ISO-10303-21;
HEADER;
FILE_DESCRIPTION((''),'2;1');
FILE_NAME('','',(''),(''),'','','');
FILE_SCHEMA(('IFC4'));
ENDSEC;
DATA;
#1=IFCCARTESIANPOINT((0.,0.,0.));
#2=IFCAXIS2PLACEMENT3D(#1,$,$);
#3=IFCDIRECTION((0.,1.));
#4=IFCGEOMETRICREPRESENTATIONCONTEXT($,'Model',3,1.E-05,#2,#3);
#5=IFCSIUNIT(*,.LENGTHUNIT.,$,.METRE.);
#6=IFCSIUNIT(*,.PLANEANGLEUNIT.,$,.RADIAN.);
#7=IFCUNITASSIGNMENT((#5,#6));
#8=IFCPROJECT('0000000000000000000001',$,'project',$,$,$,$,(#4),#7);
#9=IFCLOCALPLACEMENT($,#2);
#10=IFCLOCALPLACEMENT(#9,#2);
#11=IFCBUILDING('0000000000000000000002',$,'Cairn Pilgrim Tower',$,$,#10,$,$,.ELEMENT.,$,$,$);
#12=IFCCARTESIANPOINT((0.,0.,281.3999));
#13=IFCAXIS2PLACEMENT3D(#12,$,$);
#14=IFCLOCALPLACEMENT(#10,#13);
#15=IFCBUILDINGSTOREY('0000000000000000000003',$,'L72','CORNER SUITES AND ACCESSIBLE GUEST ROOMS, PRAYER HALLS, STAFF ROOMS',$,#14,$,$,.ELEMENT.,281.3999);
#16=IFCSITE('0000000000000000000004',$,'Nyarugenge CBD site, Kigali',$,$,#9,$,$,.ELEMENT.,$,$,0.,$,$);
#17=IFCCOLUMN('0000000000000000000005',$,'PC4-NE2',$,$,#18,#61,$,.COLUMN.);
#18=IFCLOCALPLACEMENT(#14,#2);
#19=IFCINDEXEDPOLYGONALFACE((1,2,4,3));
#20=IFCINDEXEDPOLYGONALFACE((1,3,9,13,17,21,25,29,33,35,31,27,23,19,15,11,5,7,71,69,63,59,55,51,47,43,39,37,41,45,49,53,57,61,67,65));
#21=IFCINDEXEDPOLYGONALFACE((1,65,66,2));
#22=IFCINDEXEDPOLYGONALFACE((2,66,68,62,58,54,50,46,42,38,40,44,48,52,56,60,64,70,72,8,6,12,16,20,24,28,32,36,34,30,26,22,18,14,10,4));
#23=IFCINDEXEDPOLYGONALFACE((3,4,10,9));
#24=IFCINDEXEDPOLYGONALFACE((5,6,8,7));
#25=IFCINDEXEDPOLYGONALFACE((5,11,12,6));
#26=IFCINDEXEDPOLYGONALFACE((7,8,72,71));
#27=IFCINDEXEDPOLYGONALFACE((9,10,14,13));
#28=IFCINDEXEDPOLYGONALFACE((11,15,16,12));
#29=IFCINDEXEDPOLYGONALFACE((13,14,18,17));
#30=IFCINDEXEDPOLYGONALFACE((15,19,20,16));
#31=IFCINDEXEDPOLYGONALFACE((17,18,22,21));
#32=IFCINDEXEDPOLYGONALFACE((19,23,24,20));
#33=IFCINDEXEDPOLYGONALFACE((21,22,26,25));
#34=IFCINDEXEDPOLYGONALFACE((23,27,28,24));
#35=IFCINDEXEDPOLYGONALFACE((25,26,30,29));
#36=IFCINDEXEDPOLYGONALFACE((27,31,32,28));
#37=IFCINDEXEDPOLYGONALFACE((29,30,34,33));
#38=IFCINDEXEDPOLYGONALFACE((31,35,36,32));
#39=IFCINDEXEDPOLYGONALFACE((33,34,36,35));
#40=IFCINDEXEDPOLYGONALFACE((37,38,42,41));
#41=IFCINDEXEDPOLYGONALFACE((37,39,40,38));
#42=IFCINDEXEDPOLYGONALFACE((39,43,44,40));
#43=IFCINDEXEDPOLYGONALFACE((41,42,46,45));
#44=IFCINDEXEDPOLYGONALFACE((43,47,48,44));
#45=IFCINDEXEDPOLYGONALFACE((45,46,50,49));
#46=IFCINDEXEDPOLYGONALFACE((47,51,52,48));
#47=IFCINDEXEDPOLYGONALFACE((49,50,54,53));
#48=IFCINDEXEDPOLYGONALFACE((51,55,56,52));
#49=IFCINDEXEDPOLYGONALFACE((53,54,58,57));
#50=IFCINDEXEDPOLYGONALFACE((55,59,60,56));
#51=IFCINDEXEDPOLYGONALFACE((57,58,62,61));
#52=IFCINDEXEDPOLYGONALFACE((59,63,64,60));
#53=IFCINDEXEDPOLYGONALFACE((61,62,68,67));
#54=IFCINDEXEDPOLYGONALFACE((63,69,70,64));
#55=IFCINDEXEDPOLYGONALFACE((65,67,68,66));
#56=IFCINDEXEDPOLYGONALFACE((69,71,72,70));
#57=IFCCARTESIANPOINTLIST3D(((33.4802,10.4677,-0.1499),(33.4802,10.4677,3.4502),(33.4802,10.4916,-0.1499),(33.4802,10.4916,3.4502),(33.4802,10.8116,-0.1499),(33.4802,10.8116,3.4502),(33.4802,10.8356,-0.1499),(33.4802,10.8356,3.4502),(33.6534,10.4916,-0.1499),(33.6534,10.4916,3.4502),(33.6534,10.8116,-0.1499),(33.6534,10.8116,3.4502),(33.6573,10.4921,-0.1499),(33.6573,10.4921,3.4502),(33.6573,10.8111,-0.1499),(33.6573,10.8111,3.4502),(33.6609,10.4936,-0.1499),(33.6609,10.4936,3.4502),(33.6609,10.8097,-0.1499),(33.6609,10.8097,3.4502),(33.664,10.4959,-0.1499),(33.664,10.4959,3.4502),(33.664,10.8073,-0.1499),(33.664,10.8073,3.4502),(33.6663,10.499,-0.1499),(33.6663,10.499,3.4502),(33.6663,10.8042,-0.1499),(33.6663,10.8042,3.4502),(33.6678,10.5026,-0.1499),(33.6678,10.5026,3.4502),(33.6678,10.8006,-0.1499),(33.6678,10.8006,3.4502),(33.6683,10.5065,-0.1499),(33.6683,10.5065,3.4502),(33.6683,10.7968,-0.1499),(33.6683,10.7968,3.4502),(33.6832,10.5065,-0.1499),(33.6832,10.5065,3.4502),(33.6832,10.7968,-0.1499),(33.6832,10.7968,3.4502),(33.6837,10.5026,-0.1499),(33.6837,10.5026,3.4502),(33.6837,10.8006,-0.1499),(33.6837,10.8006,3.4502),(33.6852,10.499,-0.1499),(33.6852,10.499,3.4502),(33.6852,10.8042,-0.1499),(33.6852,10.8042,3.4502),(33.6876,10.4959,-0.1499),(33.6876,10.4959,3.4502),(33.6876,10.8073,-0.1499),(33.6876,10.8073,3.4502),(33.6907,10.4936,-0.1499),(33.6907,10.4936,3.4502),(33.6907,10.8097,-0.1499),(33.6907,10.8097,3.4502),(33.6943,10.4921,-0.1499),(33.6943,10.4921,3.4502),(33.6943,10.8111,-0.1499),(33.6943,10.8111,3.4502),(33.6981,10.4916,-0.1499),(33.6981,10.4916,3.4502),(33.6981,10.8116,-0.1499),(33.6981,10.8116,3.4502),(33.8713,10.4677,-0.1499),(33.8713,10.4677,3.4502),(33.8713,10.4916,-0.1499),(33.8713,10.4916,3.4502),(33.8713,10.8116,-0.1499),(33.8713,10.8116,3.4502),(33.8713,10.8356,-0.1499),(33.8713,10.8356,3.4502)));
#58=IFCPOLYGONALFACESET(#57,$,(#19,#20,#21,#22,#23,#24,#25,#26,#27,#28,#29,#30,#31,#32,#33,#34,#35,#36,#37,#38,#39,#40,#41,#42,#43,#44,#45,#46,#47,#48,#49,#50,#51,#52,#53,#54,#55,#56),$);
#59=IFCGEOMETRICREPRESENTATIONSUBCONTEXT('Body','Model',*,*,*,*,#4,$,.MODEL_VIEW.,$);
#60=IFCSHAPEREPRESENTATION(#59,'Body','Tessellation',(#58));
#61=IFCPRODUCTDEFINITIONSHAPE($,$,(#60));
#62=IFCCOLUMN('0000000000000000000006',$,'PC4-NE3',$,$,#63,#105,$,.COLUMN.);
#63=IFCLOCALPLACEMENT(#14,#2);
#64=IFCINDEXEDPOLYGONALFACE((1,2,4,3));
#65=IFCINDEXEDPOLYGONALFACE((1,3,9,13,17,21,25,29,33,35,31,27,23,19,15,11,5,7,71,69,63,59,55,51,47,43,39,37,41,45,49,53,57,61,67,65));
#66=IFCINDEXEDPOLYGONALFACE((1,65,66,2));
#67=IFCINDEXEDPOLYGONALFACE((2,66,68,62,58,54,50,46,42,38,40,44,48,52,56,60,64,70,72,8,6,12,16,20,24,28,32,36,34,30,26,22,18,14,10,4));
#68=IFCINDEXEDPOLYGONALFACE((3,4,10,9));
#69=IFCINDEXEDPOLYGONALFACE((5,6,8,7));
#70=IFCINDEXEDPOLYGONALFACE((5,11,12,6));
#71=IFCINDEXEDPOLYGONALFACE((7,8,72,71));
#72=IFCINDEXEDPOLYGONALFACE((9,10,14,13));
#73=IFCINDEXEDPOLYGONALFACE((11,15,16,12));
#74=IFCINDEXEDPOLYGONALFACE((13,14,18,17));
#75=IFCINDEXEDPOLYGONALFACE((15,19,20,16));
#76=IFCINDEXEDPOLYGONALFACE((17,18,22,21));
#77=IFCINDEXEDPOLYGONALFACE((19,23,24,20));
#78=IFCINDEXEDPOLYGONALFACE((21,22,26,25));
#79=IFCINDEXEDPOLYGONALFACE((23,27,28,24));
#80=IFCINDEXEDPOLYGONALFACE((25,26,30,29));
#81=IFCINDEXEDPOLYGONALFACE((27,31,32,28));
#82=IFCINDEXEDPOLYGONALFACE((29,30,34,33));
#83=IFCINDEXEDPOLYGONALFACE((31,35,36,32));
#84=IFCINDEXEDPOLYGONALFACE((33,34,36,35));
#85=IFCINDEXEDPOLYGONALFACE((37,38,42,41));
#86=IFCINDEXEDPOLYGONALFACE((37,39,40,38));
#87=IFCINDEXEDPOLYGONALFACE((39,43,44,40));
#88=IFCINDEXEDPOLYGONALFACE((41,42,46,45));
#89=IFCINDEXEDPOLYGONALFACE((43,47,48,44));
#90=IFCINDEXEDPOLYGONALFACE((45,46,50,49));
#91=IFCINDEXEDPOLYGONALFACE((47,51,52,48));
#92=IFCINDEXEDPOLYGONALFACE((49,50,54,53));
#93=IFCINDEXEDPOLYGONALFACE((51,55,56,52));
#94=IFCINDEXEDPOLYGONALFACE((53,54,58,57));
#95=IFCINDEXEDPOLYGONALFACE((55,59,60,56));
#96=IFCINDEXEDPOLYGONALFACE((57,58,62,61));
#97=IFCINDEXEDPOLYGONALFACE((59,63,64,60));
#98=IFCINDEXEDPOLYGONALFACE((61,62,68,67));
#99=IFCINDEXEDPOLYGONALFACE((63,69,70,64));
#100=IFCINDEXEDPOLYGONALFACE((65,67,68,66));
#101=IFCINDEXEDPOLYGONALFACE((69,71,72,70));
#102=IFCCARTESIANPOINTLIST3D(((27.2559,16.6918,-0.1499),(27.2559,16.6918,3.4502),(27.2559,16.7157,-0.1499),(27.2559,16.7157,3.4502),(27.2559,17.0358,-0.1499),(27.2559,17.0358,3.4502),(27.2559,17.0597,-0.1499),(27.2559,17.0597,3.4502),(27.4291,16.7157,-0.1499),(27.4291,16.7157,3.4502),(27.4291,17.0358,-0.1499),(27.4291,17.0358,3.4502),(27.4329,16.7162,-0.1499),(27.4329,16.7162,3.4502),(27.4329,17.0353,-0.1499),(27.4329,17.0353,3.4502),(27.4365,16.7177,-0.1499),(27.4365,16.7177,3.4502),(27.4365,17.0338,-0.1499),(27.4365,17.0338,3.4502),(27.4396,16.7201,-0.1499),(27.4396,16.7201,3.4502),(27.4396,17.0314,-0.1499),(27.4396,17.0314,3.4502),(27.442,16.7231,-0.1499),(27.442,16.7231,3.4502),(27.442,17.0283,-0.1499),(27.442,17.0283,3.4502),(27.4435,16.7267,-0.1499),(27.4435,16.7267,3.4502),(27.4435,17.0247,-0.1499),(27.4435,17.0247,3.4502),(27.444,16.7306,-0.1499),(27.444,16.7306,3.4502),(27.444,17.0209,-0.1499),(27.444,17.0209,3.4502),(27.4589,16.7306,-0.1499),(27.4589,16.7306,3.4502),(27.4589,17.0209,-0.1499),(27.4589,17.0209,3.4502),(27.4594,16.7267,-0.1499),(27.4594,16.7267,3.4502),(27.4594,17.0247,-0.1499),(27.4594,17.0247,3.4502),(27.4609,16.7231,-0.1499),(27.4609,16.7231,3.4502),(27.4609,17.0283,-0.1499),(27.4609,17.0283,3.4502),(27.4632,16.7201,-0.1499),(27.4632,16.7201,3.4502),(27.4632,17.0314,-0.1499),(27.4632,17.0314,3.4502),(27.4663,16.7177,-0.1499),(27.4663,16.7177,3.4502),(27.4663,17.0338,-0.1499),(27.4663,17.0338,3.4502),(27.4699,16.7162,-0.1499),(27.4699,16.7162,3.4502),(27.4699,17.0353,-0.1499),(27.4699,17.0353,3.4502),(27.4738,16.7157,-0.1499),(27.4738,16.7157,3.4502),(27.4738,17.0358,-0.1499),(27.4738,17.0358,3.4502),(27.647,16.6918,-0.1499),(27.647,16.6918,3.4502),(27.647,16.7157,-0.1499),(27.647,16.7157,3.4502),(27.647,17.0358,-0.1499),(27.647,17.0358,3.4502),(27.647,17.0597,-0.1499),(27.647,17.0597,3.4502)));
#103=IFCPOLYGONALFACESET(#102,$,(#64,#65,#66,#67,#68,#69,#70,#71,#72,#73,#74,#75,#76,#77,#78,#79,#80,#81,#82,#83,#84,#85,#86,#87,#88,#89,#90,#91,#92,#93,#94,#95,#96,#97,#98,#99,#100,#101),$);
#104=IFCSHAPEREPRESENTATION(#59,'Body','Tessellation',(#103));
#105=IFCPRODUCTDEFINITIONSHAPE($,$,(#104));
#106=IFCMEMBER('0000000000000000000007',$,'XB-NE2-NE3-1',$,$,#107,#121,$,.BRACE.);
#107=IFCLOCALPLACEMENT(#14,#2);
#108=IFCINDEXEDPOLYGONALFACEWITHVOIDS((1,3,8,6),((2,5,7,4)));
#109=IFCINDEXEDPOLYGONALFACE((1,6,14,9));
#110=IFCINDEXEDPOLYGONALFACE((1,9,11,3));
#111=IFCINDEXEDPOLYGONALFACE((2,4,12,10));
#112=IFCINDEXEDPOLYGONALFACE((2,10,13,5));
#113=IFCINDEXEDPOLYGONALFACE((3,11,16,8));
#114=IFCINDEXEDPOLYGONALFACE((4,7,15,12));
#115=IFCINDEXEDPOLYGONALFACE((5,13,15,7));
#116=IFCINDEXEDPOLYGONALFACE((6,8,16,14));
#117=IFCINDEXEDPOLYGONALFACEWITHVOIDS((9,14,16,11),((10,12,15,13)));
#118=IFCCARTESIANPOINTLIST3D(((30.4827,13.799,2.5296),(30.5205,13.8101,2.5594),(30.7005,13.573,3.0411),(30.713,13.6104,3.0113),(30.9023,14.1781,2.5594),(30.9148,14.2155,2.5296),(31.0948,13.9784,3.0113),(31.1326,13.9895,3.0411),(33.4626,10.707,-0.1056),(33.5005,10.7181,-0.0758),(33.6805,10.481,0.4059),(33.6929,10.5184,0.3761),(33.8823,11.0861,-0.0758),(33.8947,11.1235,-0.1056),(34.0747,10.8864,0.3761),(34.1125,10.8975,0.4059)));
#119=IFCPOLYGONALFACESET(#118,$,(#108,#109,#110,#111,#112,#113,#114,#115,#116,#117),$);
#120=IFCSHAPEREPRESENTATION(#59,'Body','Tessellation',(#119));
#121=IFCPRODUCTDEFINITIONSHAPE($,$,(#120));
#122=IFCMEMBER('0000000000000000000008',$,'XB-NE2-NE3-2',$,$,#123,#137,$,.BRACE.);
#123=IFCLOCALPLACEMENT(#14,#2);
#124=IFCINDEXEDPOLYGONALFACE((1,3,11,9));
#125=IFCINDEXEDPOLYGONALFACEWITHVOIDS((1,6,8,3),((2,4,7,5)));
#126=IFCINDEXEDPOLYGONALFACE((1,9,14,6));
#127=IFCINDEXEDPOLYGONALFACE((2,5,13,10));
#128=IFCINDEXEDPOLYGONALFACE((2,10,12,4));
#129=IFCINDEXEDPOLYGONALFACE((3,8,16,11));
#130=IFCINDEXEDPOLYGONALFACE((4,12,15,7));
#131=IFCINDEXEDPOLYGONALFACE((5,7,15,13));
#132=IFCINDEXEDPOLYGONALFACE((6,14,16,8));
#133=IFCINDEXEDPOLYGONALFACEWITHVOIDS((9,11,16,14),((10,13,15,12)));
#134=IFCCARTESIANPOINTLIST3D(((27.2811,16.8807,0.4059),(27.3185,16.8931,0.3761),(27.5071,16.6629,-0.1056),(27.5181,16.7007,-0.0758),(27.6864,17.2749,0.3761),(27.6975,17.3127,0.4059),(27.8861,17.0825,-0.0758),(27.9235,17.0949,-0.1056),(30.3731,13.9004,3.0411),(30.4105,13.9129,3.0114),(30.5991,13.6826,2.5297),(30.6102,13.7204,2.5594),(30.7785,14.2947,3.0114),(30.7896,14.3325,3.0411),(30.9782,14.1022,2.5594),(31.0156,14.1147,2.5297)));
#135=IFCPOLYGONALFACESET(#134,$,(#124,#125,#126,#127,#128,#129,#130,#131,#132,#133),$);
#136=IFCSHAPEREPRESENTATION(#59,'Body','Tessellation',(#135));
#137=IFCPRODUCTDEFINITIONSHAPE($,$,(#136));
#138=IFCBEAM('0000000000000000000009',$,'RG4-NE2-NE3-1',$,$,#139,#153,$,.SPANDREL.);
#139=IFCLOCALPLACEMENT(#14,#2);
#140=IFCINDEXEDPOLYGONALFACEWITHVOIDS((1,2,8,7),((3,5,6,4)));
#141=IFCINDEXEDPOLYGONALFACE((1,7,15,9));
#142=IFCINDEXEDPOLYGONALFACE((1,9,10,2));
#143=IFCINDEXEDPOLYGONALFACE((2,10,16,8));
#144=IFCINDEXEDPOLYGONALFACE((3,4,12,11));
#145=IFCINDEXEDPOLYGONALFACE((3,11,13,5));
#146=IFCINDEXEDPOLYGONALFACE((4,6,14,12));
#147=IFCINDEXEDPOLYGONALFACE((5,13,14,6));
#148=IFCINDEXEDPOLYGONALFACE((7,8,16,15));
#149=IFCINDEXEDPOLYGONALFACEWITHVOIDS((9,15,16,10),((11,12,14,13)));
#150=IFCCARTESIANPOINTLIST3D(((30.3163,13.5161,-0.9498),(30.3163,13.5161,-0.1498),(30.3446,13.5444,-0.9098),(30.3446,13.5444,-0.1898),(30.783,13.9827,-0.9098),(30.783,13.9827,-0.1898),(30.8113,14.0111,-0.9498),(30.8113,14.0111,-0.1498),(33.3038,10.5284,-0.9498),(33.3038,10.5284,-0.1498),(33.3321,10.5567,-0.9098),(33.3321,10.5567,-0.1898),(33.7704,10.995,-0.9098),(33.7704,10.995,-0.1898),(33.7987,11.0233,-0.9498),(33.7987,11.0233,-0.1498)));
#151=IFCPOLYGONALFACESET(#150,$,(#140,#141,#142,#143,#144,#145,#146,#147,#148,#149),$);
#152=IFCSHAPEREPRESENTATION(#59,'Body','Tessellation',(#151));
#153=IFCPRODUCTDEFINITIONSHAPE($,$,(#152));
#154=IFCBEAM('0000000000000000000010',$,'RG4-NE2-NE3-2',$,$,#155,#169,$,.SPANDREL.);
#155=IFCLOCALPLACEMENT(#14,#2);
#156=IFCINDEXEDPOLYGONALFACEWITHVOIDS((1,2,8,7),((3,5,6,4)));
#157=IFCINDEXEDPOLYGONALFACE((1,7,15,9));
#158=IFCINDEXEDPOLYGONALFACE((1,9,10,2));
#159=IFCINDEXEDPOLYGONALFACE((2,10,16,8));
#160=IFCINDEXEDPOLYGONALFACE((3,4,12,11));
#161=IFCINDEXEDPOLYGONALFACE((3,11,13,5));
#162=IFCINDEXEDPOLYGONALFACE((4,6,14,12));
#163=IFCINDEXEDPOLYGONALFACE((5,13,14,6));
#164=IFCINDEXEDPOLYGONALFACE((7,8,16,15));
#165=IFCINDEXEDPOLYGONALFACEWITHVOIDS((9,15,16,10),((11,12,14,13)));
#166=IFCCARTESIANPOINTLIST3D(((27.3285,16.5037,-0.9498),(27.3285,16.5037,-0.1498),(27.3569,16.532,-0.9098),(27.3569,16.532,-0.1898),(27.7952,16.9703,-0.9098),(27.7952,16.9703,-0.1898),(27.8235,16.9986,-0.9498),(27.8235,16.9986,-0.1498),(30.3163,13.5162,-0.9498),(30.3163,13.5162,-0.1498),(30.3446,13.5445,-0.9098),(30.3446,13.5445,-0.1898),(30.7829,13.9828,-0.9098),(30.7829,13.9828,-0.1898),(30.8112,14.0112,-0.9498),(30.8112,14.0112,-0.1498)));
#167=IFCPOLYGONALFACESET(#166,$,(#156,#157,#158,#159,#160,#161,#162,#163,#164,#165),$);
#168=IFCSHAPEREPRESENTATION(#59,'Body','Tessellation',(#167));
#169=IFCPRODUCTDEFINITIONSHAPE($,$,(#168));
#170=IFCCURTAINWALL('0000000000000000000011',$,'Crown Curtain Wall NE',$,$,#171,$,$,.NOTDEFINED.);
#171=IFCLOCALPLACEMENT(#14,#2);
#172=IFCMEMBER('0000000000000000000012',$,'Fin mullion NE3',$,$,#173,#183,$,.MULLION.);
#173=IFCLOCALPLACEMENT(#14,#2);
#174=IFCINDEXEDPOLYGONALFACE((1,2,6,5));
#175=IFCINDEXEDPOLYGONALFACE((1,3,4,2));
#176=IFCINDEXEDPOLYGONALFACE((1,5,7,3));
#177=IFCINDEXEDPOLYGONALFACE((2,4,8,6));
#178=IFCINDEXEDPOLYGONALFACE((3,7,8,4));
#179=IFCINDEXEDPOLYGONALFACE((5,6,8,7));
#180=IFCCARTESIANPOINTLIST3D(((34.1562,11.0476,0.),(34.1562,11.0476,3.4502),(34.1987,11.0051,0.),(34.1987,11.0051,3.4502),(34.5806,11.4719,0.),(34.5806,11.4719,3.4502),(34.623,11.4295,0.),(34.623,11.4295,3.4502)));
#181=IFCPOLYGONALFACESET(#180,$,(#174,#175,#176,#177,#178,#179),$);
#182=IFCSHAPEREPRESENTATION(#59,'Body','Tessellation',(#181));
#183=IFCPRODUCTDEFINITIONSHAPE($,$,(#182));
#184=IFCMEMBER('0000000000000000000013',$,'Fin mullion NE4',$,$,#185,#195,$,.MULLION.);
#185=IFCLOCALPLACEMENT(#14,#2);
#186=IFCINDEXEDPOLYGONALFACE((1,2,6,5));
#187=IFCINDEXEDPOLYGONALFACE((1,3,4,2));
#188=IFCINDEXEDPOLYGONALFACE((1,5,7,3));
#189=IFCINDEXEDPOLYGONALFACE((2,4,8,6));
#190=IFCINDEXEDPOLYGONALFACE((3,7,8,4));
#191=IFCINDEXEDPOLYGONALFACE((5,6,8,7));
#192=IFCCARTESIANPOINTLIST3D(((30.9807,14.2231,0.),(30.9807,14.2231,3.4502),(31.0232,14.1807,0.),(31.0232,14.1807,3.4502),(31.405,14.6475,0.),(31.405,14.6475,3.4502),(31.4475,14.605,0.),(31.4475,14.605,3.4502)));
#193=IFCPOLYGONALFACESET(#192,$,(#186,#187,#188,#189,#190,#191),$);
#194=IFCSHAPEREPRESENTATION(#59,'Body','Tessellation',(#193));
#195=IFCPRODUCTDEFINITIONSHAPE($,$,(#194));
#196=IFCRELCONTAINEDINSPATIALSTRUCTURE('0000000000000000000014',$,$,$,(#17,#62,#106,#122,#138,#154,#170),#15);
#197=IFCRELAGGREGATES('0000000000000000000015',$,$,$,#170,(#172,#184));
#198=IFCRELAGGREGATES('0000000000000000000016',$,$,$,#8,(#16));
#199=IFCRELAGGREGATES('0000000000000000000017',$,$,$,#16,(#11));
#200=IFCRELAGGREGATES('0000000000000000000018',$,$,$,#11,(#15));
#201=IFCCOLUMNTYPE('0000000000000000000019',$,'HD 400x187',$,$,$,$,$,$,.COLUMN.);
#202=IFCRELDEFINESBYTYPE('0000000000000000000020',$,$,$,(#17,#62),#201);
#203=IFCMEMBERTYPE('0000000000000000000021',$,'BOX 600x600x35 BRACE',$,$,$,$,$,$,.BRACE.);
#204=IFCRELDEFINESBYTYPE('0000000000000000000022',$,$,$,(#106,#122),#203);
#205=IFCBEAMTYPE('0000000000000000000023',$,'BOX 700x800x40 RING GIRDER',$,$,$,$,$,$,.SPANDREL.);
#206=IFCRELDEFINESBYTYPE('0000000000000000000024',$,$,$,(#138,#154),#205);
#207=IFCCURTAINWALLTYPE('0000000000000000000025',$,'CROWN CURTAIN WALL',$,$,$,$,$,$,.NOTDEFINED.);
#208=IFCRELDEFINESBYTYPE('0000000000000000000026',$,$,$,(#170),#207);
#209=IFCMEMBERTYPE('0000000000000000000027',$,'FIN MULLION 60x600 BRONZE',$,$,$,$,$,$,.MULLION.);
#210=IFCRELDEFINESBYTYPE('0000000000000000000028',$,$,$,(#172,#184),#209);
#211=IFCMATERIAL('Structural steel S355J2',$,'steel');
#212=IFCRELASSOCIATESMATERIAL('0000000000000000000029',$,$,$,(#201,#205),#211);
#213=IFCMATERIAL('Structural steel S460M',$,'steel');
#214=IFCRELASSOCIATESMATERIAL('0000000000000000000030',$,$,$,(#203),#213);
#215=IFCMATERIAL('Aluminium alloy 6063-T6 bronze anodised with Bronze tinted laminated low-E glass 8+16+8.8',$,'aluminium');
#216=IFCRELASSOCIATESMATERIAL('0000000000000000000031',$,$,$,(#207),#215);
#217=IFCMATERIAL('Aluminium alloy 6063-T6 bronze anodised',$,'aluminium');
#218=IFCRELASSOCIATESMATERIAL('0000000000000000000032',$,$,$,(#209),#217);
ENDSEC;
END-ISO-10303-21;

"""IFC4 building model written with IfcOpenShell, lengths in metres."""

from ifc_helpers import new_model, si_unit, direction, frame, origin, origin_2d, place, context, subcontext, project, spatial, rectangle, hollow_rectangle, i_section, extrude, material, material_profile, profile_set, type_object, element, aggregate, save


model = new_model("IFC4")

# Units and contexts
model_context = context("Model", 3, precision=1e-05, world=origin(), true_north=direction((0.0, 1.0)))
body_context = subcontext(model_context, "Body", "Model", "MODEL_VIEW")
ifc_project = project(units=[si_unit("LENGTHUNIT", "METRE"), si_unit("PLANEANGLEUNIT", "RADIAN")], contexts=[model_context])

# Site, building, storey
site_placement = place(None, origin())
site = spatial("IfcSite", under=ifc_project, at=site_placement, Name="Nyarugenge CBD site, Kigali", CompositionType="ELEMENT", RefElevation=0.0)
building_placement = place(site_placement, origin())
building = spatial("IfcBuilding", under=site, at=building_placement, Name="Cairn Pilgrim Tower", CompositionType="ELEMENT")
storey_placement = place(building_placement, frame((0.0, 0.0, 281.3999)))
storey = spatial("IfcBuildingStorey", under=building, at=storey_placement, Name="L72", Description="CORNER SUITES AND ACCESSIBLE GUEST ROOMS, PRAYER HALLS, STAFF ROOMS", CompositionType="ELEMENT", Elevation=281.3999)

# Columns
ifc_material_1 = material(Name="Structural steel S355J2", Category="steel")
ifc_material_profile_1 = material_profile(ifc_material_1, i_section(OverallWidth=0.3911, OverallDepth=0.3679, WebThickness=0.0149, FlangeThickness=0.0239, FilletRadius=0.0149, at=origin_2d()), Name="HD 400x187")
ifc_profile_set_1 = profile_set([ifc_material_profile_1], Name="Structural steel S355J2")
column_type = type_object("IfcColumnType", Name="HD 400x187", PredefinedType="COLUMN", material=ifc_profile_set_1)
for number, where, z_axis, x_axis, name in (
    (1, (33.6758, 10.6516, -0.1499), (0.0, 0.0, 1.0), (1.0, 0.0, 0.0), "PC4-NE2"),
    (2, (27.4514, 16.8757, -0.1499), (0.0, 0.0, 1.0), (1.0, 0.0, 0.0), "PC4-NE3"),
):
    element("IfcColumn", number, at=place(storey_placement, frame(where, z_axis=z_axis, x_axis=x_axis)), inside=storey, type_object=column_type, Name=name, PredefinedType="COLUMN", context=body_context, shape_type="SweptSolid", body=[
        extrude(i_section(OverallWidth=0.3911, OverallDepth=0.3679, WebThickness=0.0149, FlangeThickness=0.0239, FilletRadius=0.0149, at=origin_2d()), origin(), (0.0, 0.0, 1.0), 3.6001),
    ])

# Members
ifc_material_2 = material(Name="Structural steel S460M", Category="steel")
ifc_material_profile_2 = material_profile(ifc_material_2, hollow_rectangle(XDim=0.6001, YDim=0.6001, WallThickness=0.0349, at=origin_2d()), Name="BOX 600x600x35")
ifc_profile_set_2 = profile_set([ifc_material_profile_2], Name="Structural steel S460M")
member_type_1 = type_object("IfcMemberType", Name="BOX 600x600x35 BRACE", PredefinedType="BRACE", material=ifc_profile_set_2)
member_1_placement = place(storey_placement, frame((33.7876, 10.8022, 0.1501), z_axis=(-0.591453, 0.613694, 0.523033), x_axis=(-0.720034, -0.693939, 0.0)))
element("IfcMember", 3, at=member_1_placement, inside=storey, type_object=member_type_1, Name="XB-NE2-NE3-1", PredefinedType="BRACE", context=body_context, shape_type="SweptSolid", body=[
    extrude(hollow_rectangle(XDim=0.6001, YDim=0.6001, WallThickness=0.0349, at=origin_2d()), origin(), (0.0, 0.0, 1.0), 5.0383),
])
member_2_placement = place(storey_placement, frame((27.6023, 16.9878, 0.1501), z_axis=(0.613676, -0.591484, 0.523018), x_axis=(0.693968, 0.720006, 0.0)))
element("IfcMember", 4, at=member_2_placement, inside=storey, type_object=member_type_1, Name="XB-NE2-NE3-2", PredefinedType="BRACE", context=body_context, shape_type="SweptSolid", body=[
    extrude(hollow_rectangle(XDim=0.6001, YDim=0.6001, WallThickness=0.0349, at=origin_2d()), origin(), (0.0, 0.0, 1.0), 5.0386),
])

# Beams
ifc_material_profile_3 = material_profile(ifc_material_1, hollow_rectangle(XDim=0.7, YDim=0.8, WallThickness=0.04, at=origin_2d()), Name="BOX 700x800x40")
ifc_profile_set_3 = profile_set([ifc_material_profile_3], Name="Structural steel S355J2")
beam_type_1 = type_object("IfcBeamType", Name="BOX 700x800x40 RING GIRDER", PredefinedType="SPANDREL", material=ifc_profile_set_3)
for number, where, z_axis, x_axis, name in (
    (5, (33.5513, 10.7759, -0.5498), (-0.707078, 0.707136, 0.0), (-0.707136, -0.707078, 0.0), "RG4-NE2-NE3-1"),
    (6, (30.5637, 13.7637, -0.5498), (-0.707136, 0.707078, 0.0), (-0.707078, -0.707136, 0.0), "RG4-NE2-NE3-2"),
):
    element("IfcBeam", number, at=place(storey_placement, frame(where, z_axis=z_axis, x_axis=x_axis)), inside=storey, type_object=beam_type_1, Name=name, PredefinedType="SPANDREL", context=body_context, shape_type="SweptSolid", body=[
        extrude(hollow_rectangle(XDim=0.7, YDim=0.8, WallThickness=0.04, at=origin_2d()), origin(), (0.0, 0.0, 1.0), 4.2251),
    ])

# Curtain wall, members
ifc_material_3 = material(Name="Aluminium alloy 6063-T6 bronze anodised with Bronze tinted laminated low-E glass 8+16+8.8", Category="aluminium")
curtain_wall_type = type_object("IfcCurtainWallType", Name="CROWN CURTAIN WALL", PredefinedType="NOTDEFINED", material=ifc_material_3)
curtain_wall_placement = place(storey_placement, origin())
curtain_wall = element("IfcCurtainWall", 7, at=curtain_wall_placement, inside=storey, type_object=curtain_wall_type, Name="Crown Curtain Wall NE", PredefinedType="NOTDEFINED")
ifc_material_4 = material(Name="Aluminium alloy 6063-T6 bronze anodised", Category="aluminium")
ifc_material_profile_4 = material_profile(ifc_material_4, rectangle(XDim=0.6001, YDim=0.0601, at=origin_2d()), Name="FIN MULLION 60x600 BRONZE")
ifc_profile_set_4 = profile_set([ifc_material_profile_4], Name="Aluminium alloy 6063-T6 bronze anodised")
member_type_2 = type_object("IfcMemberType", Name="FIN MULLION 60x600 BRONZE", PredefinedType="MULLION", material=ifc_profile_set_4)
member_3_placement = place(storey_placement, frame((34.3896, 11.2385, 0.0), z_axis=(0.0, 0.0, 1.0), x_axis=(0.707107, 0.707107, 0.0)))
member_3 = element("IfcMember", 8, at=member_3_placement, type_object=member_type_2, Name="Fin mullion NE3", PredefinedType="MULLION", context=body_context, shape_type="SweptSolid", body=[
    extrude(rectangle(XDim=0.6001, YDim=0.0601, at=origin_2d()), origin(), (0.0, 0.0, 1.0), 3.4502),
])
member_4_placement = place(storey_placement, frame((31.2141, 14.4141, 0.0), z_axis=(0.0, 0.0, 1.0), x_axis=(0.707107, 0.707107, 0.0)))
member_4 = element("IfcMember", 9, at=member_4_placement, type_object=member_type_2, Name="Fin mullion NE4", PredefinedType="MULLION", context=body_context, shape_type="SweptSolid", body=[
    extrude(rectangle(XDim=0.6001, YDim=0.0601, at=origin_2d()), origin(), (0.0, 0.0, 1.0), 3.4502),
])

aggregate(curtain_wall, [member_3, member_4])

save(model, "model.ifc")
